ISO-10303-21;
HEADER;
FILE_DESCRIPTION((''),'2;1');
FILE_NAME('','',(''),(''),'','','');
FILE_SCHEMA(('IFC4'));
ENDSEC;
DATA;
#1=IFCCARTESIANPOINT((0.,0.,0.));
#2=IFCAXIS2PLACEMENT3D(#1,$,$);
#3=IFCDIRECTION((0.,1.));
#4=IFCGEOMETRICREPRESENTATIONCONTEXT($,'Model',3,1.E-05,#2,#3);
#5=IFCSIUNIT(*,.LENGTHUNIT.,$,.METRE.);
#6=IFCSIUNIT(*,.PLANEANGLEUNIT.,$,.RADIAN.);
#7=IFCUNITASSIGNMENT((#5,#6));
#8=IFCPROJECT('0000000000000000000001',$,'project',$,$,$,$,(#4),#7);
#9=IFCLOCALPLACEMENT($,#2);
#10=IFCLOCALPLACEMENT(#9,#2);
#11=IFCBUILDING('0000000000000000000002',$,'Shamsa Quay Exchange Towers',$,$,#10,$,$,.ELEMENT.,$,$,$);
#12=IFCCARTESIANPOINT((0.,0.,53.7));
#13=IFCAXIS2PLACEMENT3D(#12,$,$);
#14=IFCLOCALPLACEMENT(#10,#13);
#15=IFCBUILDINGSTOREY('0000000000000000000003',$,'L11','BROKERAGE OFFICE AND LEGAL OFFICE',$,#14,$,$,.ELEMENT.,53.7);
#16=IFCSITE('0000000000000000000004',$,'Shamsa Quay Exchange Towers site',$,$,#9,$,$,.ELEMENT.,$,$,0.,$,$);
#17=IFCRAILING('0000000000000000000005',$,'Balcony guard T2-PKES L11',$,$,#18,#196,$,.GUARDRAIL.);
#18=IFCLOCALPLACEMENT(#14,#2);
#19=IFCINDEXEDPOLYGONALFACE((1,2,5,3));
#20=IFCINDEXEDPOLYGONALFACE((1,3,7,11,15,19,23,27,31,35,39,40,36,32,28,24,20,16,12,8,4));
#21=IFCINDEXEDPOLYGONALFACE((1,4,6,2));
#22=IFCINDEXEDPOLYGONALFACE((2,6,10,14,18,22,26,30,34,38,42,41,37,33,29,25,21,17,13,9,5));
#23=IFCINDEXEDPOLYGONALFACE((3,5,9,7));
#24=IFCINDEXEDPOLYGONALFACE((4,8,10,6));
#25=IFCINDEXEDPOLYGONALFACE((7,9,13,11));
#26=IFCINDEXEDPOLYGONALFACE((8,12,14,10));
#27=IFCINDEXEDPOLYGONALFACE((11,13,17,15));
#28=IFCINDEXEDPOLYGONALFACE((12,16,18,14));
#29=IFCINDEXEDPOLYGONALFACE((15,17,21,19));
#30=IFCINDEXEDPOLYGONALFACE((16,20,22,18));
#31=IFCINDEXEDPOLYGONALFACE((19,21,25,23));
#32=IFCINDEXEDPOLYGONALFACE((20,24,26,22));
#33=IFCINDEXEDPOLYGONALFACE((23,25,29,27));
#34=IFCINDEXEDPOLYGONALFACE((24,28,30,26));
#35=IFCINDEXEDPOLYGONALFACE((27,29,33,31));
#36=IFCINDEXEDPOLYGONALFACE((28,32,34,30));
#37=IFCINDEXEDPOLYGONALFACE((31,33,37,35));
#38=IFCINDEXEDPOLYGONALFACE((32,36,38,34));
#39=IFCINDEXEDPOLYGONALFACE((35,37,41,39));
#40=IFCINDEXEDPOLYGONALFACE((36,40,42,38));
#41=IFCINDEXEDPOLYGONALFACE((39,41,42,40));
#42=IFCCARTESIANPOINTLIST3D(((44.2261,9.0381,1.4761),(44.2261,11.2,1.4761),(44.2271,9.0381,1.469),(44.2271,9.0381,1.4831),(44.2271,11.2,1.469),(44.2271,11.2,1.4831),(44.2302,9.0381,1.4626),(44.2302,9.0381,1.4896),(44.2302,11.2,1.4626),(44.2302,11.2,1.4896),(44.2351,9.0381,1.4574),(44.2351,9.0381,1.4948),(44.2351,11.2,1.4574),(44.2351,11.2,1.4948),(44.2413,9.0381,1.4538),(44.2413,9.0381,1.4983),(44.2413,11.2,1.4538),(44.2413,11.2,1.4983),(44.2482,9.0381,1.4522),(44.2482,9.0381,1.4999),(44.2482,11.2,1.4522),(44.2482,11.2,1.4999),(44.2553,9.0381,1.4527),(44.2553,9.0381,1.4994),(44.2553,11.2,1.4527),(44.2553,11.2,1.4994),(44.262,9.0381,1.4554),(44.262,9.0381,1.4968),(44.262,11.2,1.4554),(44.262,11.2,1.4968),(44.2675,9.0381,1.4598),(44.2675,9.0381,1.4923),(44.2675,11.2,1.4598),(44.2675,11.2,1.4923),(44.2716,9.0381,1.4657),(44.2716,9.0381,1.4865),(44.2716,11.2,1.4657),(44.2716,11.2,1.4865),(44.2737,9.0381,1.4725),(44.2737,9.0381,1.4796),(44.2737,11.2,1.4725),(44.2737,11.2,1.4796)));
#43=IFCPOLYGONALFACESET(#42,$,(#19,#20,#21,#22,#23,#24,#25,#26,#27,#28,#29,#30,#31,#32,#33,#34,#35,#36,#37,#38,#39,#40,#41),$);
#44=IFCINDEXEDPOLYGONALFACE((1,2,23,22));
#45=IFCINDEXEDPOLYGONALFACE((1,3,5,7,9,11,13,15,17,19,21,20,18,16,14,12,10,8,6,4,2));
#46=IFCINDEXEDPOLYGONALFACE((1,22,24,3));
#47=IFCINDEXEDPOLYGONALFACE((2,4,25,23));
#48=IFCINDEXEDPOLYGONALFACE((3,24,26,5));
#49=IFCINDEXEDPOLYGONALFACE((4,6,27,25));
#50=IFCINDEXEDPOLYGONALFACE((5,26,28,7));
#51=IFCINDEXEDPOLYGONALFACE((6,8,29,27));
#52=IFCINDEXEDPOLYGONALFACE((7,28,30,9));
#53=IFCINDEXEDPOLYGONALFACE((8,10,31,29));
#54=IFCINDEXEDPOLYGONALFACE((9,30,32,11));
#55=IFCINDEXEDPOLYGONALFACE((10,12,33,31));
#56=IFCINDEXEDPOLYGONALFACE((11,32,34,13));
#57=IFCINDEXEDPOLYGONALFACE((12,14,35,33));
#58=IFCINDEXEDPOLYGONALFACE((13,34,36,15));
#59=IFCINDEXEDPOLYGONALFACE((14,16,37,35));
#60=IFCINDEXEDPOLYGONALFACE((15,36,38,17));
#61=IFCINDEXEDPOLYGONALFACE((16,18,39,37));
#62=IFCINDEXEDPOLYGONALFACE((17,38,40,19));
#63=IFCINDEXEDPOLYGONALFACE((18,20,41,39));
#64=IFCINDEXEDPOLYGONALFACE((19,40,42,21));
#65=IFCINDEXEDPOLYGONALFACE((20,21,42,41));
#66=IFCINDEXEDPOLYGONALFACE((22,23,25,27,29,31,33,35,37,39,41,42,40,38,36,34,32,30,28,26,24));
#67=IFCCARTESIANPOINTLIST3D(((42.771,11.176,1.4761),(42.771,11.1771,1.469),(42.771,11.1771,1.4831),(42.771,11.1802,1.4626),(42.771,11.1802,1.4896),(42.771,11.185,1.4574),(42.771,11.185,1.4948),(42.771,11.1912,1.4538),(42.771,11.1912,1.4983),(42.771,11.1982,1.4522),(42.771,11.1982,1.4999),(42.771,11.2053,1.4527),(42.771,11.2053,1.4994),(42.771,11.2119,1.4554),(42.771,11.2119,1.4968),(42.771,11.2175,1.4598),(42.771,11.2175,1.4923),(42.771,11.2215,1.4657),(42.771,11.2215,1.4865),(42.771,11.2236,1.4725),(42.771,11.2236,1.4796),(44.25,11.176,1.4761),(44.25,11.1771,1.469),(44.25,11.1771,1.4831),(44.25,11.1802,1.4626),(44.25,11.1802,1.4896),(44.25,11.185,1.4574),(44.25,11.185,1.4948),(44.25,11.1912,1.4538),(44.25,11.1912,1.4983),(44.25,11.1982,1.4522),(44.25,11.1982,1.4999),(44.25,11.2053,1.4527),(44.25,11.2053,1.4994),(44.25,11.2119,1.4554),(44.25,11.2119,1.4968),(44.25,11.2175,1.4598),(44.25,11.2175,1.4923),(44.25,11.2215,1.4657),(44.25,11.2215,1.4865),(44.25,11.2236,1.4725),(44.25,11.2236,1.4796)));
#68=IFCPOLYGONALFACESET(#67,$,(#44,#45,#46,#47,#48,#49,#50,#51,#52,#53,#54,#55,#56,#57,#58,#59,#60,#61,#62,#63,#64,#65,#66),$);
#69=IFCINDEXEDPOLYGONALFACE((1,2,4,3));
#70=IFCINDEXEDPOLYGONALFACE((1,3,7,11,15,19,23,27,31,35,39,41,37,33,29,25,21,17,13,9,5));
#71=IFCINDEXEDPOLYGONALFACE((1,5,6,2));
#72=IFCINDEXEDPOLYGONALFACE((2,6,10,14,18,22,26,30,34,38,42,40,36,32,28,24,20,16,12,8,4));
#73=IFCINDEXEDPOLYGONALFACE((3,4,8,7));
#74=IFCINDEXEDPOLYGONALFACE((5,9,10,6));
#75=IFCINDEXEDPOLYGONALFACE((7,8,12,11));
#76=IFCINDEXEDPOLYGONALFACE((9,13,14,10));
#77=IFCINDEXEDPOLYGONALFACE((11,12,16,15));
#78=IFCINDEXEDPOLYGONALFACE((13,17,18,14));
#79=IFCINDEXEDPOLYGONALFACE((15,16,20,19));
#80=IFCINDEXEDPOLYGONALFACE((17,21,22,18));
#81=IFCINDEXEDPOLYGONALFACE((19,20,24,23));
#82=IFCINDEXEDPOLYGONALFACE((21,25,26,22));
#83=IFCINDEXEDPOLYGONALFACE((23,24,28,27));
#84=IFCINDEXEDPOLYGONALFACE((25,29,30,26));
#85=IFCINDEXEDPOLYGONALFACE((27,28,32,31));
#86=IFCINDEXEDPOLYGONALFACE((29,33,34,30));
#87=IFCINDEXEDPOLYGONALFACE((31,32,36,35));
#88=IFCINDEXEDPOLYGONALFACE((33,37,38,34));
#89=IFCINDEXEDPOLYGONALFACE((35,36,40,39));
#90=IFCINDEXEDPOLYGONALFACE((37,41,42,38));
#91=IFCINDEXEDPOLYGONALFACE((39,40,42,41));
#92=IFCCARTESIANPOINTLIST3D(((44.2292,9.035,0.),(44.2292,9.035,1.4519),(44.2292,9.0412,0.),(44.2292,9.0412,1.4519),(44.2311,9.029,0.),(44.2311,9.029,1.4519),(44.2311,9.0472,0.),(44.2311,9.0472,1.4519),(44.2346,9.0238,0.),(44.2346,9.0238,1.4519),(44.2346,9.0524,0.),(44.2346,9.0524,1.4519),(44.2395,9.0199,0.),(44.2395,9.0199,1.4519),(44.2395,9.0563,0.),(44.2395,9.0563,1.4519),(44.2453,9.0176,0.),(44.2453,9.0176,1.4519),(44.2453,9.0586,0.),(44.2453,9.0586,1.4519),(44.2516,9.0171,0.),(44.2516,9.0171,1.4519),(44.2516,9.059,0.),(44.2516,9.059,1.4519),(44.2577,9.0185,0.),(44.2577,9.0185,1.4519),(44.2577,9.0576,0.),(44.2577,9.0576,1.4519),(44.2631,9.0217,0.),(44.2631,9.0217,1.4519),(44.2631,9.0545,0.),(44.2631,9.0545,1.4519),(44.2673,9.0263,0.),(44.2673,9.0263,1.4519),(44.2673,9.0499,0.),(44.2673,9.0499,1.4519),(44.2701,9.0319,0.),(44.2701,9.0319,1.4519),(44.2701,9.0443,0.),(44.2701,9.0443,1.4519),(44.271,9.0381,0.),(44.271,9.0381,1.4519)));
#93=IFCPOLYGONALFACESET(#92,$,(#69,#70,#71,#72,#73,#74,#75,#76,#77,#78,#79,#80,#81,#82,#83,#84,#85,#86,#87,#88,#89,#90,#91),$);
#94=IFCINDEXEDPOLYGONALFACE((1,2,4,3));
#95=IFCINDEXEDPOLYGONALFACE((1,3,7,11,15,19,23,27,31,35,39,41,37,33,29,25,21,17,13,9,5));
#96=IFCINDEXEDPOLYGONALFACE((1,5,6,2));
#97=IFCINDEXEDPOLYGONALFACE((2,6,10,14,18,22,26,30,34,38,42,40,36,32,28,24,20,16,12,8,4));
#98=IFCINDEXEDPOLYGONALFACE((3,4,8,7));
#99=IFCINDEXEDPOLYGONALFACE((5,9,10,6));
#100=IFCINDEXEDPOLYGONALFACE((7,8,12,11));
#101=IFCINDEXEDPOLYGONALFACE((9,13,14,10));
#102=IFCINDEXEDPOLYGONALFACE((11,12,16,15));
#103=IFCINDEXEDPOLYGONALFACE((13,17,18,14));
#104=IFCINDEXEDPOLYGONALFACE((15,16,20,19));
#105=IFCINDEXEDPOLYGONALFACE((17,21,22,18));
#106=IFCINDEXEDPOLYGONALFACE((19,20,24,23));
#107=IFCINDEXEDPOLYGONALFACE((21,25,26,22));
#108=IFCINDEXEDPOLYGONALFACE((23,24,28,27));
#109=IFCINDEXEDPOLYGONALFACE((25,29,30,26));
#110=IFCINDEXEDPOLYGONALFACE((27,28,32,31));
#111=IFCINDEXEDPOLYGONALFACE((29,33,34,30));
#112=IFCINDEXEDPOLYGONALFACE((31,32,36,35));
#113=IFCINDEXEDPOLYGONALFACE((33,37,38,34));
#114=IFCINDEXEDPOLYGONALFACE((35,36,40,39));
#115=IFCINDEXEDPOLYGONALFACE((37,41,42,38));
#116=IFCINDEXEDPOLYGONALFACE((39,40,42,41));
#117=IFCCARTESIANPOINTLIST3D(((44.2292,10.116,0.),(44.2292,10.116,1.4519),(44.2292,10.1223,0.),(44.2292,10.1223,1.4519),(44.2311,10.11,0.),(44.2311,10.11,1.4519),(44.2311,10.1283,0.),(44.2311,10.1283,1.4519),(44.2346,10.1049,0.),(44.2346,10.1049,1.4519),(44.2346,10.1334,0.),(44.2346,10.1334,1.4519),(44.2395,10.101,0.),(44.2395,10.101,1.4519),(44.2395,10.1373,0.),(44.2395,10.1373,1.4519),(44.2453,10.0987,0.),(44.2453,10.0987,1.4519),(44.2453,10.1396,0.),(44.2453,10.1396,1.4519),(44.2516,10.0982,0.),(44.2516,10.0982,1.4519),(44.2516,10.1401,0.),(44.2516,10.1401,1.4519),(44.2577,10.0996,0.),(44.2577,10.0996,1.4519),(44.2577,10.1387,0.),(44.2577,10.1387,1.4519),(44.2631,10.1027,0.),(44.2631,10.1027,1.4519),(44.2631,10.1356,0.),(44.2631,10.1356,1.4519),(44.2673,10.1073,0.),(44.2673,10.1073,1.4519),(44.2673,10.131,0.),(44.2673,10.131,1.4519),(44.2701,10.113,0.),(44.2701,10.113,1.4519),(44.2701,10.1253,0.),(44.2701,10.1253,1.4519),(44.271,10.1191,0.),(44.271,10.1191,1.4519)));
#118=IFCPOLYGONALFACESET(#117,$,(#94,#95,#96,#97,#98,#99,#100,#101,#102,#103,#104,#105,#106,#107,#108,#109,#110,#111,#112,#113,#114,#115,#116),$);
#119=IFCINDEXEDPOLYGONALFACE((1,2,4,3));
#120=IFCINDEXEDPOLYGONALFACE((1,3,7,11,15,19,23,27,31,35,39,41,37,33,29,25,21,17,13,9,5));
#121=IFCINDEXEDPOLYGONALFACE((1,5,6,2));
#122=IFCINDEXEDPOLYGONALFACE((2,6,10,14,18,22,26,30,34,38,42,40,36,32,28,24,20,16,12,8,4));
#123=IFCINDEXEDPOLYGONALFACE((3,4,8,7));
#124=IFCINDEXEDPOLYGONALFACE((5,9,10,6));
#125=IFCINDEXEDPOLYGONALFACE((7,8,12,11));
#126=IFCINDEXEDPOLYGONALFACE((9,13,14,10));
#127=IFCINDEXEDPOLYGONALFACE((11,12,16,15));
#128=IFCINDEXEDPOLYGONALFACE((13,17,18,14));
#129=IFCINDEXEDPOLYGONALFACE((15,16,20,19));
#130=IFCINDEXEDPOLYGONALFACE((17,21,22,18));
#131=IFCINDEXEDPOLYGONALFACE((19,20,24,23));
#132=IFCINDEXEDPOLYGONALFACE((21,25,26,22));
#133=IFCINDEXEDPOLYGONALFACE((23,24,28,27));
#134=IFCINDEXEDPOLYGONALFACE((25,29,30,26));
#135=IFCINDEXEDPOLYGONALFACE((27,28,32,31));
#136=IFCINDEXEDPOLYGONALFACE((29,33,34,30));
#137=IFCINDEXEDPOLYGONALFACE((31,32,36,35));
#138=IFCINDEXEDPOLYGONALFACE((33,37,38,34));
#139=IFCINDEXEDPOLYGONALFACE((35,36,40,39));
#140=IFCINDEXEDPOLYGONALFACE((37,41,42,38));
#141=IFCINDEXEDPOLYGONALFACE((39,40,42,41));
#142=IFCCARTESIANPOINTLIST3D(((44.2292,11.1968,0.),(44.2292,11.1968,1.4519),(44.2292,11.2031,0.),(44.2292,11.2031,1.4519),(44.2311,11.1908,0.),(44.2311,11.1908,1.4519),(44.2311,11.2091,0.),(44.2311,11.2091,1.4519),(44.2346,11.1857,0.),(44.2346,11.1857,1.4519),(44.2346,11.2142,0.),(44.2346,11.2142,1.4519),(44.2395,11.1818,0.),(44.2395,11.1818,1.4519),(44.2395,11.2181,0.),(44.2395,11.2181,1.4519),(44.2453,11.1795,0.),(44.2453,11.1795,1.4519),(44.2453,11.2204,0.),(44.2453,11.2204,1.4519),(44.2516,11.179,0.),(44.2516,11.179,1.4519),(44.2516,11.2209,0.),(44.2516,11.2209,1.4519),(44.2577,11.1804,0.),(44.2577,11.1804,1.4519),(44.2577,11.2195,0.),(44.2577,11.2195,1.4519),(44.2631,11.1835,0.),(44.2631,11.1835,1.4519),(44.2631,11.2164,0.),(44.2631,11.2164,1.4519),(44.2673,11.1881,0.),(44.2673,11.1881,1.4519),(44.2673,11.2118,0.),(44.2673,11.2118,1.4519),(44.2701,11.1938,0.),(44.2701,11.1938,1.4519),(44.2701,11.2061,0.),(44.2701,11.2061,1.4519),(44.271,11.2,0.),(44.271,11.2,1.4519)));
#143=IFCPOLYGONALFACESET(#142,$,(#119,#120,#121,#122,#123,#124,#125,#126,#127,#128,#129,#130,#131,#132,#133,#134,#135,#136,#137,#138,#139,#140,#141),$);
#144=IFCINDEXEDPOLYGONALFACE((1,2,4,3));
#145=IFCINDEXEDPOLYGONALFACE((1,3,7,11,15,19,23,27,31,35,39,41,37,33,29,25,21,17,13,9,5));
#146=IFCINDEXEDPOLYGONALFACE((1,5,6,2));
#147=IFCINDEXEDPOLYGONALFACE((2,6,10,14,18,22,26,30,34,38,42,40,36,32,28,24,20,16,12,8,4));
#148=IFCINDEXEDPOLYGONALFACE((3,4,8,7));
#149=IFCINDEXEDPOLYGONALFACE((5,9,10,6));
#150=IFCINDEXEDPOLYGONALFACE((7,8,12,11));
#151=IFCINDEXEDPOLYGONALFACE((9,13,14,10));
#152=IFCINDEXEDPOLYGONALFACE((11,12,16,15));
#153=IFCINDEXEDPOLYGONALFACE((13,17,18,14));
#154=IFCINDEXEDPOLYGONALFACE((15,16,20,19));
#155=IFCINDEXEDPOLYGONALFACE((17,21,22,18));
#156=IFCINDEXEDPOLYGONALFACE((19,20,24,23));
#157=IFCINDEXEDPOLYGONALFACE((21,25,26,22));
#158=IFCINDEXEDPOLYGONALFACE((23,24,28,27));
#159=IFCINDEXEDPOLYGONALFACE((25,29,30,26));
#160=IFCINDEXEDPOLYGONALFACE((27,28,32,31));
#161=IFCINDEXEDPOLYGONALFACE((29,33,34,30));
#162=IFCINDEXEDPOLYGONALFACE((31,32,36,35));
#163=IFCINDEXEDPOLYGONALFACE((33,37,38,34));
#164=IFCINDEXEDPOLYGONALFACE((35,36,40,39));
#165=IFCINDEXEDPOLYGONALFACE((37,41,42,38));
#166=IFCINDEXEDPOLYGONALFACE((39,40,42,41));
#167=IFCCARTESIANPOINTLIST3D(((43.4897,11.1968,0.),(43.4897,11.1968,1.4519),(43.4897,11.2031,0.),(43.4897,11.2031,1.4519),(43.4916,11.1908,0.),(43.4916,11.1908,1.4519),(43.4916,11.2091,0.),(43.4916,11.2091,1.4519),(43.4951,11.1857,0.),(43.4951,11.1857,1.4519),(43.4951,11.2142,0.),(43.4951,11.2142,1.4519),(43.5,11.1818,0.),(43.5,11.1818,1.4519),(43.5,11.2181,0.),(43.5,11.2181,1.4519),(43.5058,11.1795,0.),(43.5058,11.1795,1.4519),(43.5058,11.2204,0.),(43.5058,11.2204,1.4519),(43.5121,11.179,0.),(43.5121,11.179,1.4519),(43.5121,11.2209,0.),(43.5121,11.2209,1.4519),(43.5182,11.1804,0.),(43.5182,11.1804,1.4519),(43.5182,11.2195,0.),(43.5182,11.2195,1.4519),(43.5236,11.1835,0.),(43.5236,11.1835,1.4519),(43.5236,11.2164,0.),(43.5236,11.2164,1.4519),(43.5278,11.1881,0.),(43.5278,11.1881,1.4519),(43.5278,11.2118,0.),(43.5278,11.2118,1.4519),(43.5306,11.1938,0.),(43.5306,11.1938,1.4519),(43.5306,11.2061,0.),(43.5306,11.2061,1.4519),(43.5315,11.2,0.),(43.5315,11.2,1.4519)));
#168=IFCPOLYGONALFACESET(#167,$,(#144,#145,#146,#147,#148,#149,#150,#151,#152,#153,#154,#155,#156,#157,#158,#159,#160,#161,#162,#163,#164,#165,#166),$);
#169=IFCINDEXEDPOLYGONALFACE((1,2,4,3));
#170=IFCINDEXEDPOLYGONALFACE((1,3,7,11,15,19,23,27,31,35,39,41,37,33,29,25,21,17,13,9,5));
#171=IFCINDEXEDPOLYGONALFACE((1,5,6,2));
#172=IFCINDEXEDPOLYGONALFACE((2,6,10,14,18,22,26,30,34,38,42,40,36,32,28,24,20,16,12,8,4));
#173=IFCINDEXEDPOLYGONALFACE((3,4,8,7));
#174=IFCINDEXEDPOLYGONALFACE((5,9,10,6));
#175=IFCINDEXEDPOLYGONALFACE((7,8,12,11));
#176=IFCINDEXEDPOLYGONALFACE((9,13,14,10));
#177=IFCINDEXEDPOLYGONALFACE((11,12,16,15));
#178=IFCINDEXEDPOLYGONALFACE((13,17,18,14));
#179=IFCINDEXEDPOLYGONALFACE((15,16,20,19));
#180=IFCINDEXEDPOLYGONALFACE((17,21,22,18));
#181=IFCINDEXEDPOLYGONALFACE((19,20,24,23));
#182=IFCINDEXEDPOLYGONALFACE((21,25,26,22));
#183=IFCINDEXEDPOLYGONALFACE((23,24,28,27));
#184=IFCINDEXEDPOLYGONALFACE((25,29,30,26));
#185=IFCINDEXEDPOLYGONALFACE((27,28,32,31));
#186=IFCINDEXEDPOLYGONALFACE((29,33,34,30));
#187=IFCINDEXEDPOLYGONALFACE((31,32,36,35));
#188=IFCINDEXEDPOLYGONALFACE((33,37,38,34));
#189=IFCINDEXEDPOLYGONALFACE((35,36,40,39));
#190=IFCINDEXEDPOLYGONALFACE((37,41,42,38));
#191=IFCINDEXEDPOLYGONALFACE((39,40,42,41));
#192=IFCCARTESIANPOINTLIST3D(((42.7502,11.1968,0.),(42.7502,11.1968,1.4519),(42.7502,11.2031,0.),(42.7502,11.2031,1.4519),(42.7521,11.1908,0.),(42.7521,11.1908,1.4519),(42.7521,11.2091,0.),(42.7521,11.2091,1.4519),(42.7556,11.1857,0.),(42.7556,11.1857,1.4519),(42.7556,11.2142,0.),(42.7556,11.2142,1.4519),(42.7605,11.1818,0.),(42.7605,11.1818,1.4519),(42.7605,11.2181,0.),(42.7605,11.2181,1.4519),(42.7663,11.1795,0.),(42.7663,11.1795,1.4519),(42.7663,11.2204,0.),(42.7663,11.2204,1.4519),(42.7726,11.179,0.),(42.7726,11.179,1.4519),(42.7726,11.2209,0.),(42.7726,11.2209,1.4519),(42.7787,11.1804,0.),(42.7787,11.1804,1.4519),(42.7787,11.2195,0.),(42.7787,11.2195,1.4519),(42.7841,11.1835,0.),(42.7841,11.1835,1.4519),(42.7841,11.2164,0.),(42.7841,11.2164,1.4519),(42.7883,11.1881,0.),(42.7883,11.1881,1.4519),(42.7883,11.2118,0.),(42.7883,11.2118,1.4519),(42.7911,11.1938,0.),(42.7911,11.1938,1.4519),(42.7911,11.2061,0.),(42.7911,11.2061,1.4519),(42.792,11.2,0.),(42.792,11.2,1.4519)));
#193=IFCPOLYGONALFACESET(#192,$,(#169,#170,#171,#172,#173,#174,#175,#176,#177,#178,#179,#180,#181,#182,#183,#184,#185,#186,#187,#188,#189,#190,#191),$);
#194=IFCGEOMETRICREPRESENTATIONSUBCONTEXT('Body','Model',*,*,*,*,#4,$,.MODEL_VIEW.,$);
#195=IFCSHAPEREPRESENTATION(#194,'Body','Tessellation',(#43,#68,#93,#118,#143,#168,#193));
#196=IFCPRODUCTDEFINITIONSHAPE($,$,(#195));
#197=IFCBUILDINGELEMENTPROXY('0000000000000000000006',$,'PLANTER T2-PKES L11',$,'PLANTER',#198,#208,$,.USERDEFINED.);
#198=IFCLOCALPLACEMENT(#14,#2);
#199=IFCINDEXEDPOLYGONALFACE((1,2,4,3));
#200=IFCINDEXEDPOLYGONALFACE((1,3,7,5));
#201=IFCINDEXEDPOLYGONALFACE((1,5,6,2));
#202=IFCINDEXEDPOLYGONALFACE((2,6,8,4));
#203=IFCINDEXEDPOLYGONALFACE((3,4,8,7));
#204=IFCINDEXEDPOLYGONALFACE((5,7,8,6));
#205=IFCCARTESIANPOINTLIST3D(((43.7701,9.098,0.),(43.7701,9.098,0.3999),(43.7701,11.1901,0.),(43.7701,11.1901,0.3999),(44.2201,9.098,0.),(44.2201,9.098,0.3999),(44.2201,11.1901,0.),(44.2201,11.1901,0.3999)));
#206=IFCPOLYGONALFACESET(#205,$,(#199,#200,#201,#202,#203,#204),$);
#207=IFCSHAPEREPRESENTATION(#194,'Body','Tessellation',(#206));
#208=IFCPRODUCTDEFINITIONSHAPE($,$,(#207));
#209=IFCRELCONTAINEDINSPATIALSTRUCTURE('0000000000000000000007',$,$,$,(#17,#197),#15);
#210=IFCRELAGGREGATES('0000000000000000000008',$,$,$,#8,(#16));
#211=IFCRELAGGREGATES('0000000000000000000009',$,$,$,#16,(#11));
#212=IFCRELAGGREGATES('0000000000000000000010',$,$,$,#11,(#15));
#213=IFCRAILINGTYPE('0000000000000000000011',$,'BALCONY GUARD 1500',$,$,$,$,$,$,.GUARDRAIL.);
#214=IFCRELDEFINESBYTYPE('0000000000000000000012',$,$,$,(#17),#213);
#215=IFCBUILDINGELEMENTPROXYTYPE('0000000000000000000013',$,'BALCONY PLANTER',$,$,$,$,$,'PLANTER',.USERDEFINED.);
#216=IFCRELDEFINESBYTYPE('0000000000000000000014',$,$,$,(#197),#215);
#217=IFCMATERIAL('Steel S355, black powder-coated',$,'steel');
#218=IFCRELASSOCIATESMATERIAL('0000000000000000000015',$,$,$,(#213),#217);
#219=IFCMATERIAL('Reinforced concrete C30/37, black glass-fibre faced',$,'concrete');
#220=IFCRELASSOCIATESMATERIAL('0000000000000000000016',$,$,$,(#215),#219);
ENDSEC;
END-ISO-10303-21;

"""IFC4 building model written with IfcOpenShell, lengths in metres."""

from ifc_helpers import new_model, si_unit, direction, frame, origin, origin_2d, place, context, subcontext, project, spatial, rectangle, circle, extrude, material, type_object, element, save


model = new_model("IFC4")

# Units and contexts
model_context = context("Model", 3, precision=1e-05, world=origin(), true_north=direction((0.0, 1.0)))
body_context = subcontext(model_context, "Body", "Model", "MODEL_VIEW")
ifc_project = project(units=[si_unit("LENGTHUNIT", "METRE"), si_unit("PLANEANGLEUNIT", "RADIAN")], contexts=[model_context])

# Site, building, storey
site_placement = place(None, origin())
site = spatial("IfcSite", under=ifc_project, at=site_placement, Name="Shamsa Quay Exchange Towers site", CompositionType="ELEMENT", RefElevation=0.0)
building_placement = place(site_placement, origin())
building = spatial("IfcBuilding", under=site, at=building_placement, Name="Shamsa Quay Exchange Towers", CompositionType="ELEMENT")
storey_placement = place(building_placement, frame((0.0, 0.0, 53.7)))
storey = spatial("IfcBuildingStorey", under=building, at=storey_placement, Name="L11", Description="BROKERAGE OFFICE AND LEGAL OFFICE", CompositionType="ELEMENT", Elevation=53.7)

# Railing
ifc_material_1 = material(Name="Steel S355, black powder-coated", Category="steel")
railing_type = type_object("IfcRailingType", Name="BALCONY GUARD 1500", PredefinedType="GUARDRAIL", material=ifc_material_1)
railing_placement = place(storey_placement, frame((44.25, 9.0381, 0.0)))
element("IfcRailing", 1, at=railing_placement, inside=storey, type_object=railing_type, Name="Balcony guard T2-PKES L11", PredefinedType="GUARDRAIL", context=body_context, shape_type="SweptSolid", body=[
    extrude(circle(Radius=0.0239, at=origin_2d()), frame((0.0, 0.0, 1.4761), z_axis=(0.0, 1.0, 0.0), x_axis=(-1.0, 0.0, 0.0)), (0.0, 0.0, 1.0), 2.1619),
    extrude(circle(Radius=0.0239, at=origin_2d()), frame((0.0, 2.1619, 1.4761), z_axis=(-1.0, 0.0, 0.0), x_axis=(0.0, -1.0, 0.0)), (0.0, 0.0, 1.0), 1.479),
    extrude(circle(Radius=0.021, at=origin_2d()), origin(), (0.0, 0.0, 1.0), 1.4519),
    extrude(circle(Radius=0.021, at=origin_2d()), frame((0.0, 1.0811, 0.0)), (0.0, 0.0, 1.0), 1.4519),
    extrude(circle(Radius=0.021, at=origin_2d()), frame((0.0, 2.1619, 0.0)), (0.0, 0.0, 1.0), 1.4519),
    extrude(circle(Radius=0.021, at=origin_2d()), frame((-0.7395, 2.1619, 0.0)), (0.0, 0.0, 1.0), 1.4519),
    extrude(circle(Radius=0.021, at=origin_2d()), frame((-1.479, 2.1619, 0.0)), (0.0, 0.0, 1.0), 1.4519),
])

# Building element proxy
ifc_material_2 = material(Name="Reinforced concrete C30/37, black glass-fibre faced", Category="concrete")
building_element_proxy_type = type_object("IfcBuildingElementProxyType", Name="BALCONY PLANTER", ElementType="PLANTER", PredefinedType="USERDEFINED", material=ifc_material_2)
proxy_placement = place(storey_placement, frame((43.9951, 10.144, 0.0), z_axis=(0.0, 0.0, 1.0), x_axis=(0.0, 1.0, 0.0)))
element("IfcBuildingElementProxy", 2, at=proxy_placement, inside=storey, type_object=building_element_proxy_type, Name="PLANTER T2-PKES L11", ObjectType="PLANTER", PredefinedType="USERDEFINED", context=body_context, shape_type="SweptSolid", body=[
    extrude(rectangle(XDim=2.092, YDim=0.45, at=origin_2d()), origin(), (0.0, 0.0, 1.0), 0.3999),
])

save(model, "model.ifc")
